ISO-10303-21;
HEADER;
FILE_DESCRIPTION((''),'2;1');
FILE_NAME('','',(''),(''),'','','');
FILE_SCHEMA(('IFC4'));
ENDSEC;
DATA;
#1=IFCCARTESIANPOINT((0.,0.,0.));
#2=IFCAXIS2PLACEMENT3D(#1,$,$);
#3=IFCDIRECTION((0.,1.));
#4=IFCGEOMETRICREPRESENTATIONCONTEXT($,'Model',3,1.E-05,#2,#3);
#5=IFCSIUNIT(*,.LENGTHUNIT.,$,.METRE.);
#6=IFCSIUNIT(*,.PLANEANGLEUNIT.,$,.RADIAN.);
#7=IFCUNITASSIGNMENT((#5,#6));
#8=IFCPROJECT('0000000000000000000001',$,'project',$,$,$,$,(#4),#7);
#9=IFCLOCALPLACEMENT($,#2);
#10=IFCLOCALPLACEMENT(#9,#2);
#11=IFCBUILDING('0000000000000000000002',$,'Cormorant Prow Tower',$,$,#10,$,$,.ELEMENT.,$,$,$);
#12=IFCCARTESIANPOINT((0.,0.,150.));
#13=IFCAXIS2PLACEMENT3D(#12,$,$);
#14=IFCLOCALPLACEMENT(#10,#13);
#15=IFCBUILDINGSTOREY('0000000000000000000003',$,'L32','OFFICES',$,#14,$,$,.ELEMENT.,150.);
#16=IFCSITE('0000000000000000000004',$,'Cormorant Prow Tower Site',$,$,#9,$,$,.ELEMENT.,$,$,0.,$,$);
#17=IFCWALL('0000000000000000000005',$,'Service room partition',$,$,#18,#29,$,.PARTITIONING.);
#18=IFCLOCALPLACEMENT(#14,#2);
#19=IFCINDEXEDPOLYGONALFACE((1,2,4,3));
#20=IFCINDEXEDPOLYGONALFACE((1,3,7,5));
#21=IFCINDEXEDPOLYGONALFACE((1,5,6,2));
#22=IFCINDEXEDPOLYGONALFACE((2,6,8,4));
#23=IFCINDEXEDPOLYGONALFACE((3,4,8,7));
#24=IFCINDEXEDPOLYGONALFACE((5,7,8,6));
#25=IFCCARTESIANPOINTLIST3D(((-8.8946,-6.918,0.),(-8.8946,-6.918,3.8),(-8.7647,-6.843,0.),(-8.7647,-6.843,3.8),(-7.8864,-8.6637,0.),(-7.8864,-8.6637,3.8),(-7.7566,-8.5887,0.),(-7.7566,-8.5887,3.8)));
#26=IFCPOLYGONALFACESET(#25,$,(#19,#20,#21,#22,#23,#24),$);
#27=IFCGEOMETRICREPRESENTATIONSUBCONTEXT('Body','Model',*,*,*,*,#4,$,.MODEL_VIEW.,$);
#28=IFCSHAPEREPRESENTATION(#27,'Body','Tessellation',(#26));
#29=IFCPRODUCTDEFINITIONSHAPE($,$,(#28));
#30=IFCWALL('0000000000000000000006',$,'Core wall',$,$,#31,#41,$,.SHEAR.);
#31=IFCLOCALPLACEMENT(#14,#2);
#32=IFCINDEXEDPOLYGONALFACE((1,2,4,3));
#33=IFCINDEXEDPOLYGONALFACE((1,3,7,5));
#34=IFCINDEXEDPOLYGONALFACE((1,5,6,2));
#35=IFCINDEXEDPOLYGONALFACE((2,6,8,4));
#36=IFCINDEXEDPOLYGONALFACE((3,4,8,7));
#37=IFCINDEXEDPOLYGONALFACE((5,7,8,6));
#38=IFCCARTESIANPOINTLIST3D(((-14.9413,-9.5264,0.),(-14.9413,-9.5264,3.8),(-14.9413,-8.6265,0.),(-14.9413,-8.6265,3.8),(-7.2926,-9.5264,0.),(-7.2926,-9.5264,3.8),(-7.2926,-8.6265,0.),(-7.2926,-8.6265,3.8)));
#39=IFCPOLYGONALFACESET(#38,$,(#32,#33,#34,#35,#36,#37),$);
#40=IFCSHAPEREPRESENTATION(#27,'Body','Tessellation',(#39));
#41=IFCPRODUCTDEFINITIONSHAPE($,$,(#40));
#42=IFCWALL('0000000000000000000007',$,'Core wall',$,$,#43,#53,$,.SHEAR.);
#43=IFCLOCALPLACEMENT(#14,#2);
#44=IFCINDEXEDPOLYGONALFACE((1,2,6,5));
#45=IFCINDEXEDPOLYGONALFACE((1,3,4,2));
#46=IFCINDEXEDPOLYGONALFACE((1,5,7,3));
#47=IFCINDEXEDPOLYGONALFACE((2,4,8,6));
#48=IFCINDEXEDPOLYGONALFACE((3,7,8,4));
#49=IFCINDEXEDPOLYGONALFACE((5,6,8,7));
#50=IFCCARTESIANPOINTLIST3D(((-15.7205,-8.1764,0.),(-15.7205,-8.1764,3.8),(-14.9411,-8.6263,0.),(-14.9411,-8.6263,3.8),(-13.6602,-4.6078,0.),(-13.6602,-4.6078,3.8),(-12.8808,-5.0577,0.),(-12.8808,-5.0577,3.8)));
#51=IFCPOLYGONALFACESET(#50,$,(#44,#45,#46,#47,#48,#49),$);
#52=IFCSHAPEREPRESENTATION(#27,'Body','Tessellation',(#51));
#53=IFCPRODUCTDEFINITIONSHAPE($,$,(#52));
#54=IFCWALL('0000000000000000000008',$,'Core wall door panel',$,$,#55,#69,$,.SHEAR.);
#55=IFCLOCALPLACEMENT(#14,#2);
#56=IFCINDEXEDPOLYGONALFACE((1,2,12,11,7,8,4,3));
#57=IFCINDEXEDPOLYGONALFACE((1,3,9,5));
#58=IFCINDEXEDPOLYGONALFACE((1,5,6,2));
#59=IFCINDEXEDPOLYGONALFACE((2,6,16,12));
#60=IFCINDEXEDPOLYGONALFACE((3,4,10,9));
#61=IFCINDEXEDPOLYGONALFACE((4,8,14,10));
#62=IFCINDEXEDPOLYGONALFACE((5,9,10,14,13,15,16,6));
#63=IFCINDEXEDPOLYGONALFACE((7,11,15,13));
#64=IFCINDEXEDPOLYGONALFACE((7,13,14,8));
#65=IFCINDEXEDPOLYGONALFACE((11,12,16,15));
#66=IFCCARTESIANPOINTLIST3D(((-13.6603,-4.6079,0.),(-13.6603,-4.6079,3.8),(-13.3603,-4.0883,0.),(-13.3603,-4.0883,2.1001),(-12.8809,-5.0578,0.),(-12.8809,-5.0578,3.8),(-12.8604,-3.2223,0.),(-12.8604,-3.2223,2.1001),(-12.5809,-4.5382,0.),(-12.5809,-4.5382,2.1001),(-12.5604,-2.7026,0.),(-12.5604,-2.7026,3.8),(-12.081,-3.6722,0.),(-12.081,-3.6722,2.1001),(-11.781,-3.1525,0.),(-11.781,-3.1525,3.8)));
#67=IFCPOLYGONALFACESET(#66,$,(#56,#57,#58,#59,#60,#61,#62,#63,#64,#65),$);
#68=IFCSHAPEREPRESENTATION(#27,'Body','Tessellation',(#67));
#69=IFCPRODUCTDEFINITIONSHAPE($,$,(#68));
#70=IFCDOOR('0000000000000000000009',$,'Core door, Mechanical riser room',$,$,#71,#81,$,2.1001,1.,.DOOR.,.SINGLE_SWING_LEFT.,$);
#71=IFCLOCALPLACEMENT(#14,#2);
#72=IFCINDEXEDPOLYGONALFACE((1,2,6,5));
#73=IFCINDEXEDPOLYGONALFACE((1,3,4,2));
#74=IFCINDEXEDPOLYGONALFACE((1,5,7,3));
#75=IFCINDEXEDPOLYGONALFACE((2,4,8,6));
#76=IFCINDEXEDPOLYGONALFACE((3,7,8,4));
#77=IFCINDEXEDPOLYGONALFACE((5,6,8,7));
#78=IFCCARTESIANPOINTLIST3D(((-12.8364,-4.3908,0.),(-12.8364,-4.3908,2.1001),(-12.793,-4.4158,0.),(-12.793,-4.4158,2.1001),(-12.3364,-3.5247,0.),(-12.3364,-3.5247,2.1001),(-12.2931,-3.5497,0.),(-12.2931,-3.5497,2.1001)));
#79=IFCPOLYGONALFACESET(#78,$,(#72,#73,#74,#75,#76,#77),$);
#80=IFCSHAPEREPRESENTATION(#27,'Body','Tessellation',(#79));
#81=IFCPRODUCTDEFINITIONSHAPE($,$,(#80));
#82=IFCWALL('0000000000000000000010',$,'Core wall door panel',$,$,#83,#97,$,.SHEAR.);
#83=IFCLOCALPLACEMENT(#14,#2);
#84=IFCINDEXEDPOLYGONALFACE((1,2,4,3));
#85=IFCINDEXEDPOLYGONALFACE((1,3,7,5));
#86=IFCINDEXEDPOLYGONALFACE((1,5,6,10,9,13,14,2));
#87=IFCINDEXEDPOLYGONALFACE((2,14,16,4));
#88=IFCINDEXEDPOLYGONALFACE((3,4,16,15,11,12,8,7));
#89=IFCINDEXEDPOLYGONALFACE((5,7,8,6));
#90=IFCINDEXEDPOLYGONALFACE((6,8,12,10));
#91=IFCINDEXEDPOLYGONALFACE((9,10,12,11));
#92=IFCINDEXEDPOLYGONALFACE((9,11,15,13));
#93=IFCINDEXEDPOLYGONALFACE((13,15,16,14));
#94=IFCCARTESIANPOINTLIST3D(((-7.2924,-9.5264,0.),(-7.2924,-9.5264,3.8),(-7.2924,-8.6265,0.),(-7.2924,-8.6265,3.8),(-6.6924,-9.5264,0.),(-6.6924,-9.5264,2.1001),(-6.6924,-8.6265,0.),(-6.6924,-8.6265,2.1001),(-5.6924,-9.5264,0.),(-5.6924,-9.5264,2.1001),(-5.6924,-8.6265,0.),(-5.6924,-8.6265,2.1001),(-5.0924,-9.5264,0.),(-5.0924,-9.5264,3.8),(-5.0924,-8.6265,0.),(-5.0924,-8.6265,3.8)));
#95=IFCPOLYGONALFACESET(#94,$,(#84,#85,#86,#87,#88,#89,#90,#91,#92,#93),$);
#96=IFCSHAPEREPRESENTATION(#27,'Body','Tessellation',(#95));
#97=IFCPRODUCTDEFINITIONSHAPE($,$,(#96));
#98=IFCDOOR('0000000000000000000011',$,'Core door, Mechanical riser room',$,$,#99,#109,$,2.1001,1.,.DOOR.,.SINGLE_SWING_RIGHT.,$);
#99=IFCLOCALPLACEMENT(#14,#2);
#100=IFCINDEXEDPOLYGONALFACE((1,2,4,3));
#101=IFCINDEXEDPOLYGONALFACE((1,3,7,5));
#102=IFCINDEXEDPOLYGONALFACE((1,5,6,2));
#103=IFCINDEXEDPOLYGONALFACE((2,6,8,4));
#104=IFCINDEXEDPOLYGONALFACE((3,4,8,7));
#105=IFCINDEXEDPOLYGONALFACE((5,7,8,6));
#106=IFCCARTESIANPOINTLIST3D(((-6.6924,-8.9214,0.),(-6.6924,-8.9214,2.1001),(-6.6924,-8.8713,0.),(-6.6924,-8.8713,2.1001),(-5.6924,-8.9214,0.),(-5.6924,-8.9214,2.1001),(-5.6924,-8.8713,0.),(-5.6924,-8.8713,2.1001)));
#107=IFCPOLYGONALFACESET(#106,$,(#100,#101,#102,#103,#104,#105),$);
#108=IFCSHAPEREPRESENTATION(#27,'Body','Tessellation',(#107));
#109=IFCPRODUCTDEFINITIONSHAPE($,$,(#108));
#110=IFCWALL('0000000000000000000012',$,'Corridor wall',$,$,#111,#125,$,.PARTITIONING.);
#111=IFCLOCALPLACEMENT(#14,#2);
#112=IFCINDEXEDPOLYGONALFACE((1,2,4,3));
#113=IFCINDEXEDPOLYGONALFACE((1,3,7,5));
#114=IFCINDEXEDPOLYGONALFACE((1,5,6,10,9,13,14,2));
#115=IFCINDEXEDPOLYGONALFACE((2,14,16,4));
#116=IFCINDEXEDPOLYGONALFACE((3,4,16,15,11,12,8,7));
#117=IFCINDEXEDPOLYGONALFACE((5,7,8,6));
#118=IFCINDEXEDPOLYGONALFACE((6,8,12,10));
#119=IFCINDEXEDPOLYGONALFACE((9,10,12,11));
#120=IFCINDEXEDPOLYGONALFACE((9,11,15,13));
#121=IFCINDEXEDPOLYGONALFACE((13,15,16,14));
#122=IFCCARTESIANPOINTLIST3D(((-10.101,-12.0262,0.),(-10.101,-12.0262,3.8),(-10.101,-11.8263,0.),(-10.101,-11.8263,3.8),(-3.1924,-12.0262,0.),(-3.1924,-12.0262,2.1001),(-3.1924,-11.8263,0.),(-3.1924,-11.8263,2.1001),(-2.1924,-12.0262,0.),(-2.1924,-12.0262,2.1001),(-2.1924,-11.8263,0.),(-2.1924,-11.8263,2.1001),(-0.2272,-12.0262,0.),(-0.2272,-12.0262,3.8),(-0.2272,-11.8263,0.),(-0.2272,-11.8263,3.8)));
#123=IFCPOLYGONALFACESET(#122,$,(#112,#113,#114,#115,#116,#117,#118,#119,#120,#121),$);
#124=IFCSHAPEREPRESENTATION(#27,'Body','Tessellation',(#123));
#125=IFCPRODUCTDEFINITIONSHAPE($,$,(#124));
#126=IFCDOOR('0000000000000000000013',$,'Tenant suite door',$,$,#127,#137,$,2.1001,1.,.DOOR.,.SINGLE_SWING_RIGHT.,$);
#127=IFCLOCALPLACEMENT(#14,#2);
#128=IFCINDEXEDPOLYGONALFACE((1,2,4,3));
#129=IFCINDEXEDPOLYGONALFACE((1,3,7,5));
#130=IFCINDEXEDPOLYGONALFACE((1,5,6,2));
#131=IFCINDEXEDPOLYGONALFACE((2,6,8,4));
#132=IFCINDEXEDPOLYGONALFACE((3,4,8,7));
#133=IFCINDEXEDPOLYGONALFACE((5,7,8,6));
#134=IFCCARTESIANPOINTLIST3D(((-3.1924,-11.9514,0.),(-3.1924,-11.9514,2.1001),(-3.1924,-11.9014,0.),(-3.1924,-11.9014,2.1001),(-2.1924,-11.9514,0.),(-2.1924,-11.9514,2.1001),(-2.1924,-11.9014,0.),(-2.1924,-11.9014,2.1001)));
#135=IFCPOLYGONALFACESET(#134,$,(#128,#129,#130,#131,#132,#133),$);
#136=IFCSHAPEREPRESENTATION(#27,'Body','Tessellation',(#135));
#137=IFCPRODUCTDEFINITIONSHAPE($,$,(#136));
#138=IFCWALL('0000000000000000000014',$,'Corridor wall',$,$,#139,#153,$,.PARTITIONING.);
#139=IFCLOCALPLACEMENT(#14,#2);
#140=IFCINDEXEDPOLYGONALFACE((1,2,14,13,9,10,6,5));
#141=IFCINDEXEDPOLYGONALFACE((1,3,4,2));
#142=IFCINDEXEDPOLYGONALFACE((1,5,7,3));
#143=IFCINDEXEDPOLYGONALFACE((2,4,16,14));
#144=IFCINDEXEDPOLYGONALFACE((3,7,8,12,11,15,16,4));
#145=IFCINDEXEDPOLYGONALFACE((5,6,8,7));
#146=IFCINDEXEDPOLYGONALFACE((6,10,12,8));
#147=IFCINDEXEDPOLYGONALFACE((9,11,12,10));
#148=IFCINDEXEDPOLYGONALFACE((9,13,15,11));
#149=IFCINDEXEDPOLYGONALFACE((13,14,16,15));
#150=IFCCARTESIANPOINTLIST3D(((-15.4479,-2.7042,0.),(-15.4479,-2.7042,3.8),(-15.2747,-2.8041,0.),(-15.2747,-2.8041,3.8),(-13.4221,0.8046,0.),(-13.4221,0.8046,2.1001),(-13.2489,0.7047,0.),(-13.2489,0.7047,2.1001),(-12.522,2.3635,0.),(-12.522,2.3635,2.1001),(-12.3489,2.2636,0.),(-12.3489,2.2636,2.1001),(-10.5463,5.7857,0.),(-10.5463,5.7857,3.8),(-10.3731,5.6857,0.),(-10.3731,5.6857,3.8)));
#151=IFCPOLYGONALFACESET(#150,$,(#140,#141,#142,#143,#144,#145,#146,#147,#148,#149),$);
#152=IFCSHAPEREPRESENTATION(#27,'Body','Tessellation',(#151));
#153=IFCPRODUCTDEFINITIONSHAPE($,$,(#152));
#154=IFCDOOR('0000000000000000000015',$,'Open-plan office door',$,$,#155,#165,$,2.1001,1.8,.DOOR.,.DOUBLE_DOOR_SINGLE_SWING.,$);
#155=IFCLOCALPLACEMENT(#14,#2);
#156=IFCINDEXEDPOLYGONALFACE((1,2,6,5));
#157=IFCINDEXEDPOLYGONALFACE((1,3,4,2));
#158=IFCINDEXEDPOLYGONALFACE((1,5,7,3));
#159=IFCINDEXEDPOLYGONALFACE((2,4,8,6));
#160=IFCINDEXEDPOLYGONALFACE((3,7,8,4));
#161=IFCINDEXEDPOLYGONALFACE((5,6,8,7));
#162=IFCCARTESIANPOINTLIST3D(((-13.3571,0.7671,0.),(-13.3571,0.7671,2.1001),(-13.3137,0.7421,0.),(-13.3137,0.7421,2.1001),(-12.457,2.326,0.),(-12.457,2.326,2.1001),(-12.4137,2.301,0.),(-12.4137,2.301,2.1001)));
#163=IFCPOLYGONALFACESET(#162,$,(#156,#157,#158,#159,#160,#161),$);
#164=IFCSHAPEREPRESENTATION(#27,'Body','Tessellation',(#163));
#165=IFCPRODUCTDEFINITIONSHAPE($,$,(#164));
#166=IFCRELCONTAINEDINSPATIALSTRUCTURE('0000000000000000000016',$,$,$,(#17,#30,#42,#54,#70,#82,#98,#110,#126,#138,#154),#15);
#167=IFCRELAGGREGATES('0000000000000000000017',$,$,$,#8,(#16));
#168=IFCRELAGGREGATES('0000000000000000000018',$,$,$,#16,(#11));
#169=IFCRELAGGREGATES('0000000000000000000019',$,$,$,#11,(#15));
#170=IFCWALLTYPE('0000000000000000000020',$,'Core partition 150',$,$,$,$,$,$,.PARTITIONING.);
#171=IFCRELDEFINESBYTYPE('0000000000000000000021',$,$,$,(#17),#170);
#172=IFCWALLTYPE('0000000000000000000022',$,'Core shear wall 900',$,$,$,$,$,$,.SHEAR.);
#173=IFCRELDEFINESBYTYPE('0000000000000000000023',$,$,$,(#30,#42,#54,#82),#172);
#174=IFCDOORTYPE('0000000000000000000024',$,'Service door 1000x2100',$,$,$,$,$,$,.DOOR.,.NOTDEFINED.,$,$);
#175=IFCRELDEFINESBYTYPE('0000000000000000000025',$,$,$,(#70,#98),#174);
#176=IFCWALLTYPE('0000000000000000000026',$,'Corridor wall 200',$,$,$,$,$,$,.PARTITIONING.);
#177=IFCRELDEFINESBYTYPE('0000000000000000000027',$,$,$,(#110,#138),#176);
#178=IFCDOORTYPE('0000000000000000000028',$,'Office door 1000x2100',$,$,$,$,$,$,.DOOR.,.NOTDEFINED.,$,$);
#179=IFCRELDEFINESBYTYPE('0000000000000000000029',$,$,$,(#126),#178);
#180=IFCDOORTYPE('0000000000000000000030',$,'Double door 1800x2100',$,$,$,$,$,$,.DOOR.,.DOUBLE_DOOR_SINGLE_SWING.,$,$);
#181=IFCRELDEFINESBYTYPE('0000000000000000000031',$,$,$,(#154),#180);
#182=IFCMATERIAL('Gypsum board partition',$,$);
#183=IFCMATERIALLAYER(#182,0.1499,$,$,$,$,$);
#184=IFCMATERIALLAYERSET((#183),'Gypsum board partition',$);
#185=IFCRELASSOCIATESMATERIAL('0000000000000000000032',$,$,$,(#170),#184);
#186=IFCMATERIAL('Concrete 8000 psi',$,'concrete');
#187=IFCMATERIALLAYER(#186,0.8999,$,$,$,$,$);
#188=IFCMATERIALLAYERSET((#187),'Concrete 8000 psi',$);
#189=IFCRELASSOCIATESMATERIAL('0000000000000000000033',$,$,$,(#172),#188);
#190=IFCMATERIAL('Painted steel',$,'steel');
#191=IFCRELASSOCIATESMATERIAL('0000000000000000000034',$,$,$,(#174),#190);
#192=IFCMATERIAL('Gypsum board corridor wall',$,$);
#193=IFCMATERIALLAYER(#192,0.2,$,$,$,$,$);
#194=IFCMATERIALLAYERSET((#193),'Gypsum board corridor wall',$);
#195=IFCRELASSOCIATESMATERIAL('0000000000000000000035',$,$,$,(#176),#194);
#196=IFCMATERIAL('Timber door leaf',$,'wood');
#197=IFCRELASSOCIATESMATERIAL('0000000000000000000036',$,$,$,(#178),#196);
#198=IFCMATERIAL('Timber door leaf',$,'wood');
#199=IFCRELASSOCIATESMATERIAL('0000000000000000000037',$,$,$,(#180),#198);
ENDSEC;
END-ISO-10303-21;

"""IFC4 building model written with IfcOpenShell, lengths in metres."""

from ifc_helpers import new_model, si_unit, direction, frame, frame_2d, origin, place, context, subcontext, project, spatial, rectangle, extrude, material, layer, layer_set, type_object, element, fill, save


model = new_model("IFC4")

# Units and contexts
model_context = context("Model", 3, precision=1e-05, world=origin(), true_north=direction((0.0, 1.0)))
body_context = subcontext(model_context, "Body", "Model", "MODEL_VIEW")
ifc_project = project(units=[si_unit("LENGTHUNIT", "METRE"), si_unit("PLANEANGLEUNIT", "RADIAN")], contexts=[model_context])

# Site, building, storey
site_placement = place(None, origin())
site = spatial("IfcSite", under=ifc_project, at=site_placement, Name="Cormorant Prow Tower Site", CompositionType="ELEMENT", RefElevation=0.0)
building_placement = place(site_placement, origin())
building = spatial("IfcBuilding", under=site, at=building_placement, Name="Cormorant Prow Tower", CompositionType="ELEMENT")
storey_placement = place(building_placement, frame((0.0, 0.0, 150.0)))
storey = spatial("IfcBuildingStorey", under=building, at=storey_placement, Name="L32", Description="OFFICES", CompositionType="ELEMENT", Elevation=150.0)

# Walls
ifc_material_1 = material(Name="Gypsum board partition")
ifc_layer_1 = layer(ifc_material_1, 0.1499)
ifc_layer_set_1 = layer_set([ifc_layer_1], Name="Gypsum board partition")
wall_type_1 = type_object("IfcWallType", Name="Core partition 150", PredefinedType="PARTITIONING", material=ifc_layer_set_1)
wall_1_placement = place(storey_placement, frame((-8.8296, -6.8806, 0.0), z_axis=(0.0, 0.0, 1.0), x_axis=(0.500086, -0.865976, 0.0)))
element("IfcWall", 1, at=wall_1_placement, inside=storey, type_object=wall_type_1, Name="Service room partition", PredefinedType="PARTITIONING", context=body_context, shape_type="SweptSolid", body=[
    extrude(rectangle(XDim=2.0159, YDim=0.1499, at=frame_2d((1.0078, 0.0))), origin(), (0.0, 0.0, 1.0), 3.8),
])
ifc_material_2 = material(Name="Concrete 8000 psi", Category="concrete")
ifc_layer_2 = layer(ifc_material_2, 0.8999)
ifc_layer_set_2 = layer_set([ifc_layer_2], Name="Concrete 8000 psi")
wall_type_2 = type_object("IfcWallType", Name="Core shear wall 900", PredefinedType="SHEAR", material=ifc_layer_set_2)
wall_2_placement = place(storey_placement, frame((-14.9412, -9.0764, 0.0), z_axis=(0.0, 0.0, 1.0), x_axis=(1.0, 0.0, 0.0)))
element("IfcWall", 2, at=wall_2_placement, inside=storey, type_object=wall_type_2, Name="Core wall", PredefinedType="SHEAR", context=body_context, shape_type="SweptSolid", body=[
    extrude(rectangle(XDim=7.6487, YDim=0.8999, at=frame_2d((3.8242, 0.0))), origin(), (0.0, 0.0, 1.0), 3.8),
])
wall_3_placement = place(storey_placement, frame((-13.2705, -4.8328, 0.0), z_axis=(0.0, 0.0, 1.0), x_axis=(-0.499994, -0.866029, 0.0)))
element("IfcWall", 3, at=wall_3_placement, inside=storey, type_object=wall_type_2, Name="Core wall", PredefinedType="SHEAR", context=body_context, shape_type="SweptSolid", body=[
    extrude(rectangle(XDim=4.1206, YDim=0.8999, at=frame_2d((2.0603, 0.0))), origin(), (0.0, 0.0, 1.0), 3.8),
])

# Walls, openings, doors
wall_4_placement = place(storey_placement, frame((-12.1707, -2.9275, 0.0), z_axis=(0.0, 0.0, 1.0), x_axis=(-0.499947, -0.866056, 0.0)))
wall_4 = element("IfcWall", 4, at=wall_4_placement, inside=storey, type_object=wall_type_2, Name="Core wall door panel", PredefinedType="SHEAR", context=body_context, shape_type="SweptSolid", body=[
    extrude(rectangle(XDim=2.2, YDim=0.8999, at=frame_2d((1.1001, 0.0))), origin(), (0.0, 0.0, 1.0), 3.8),
])
opening_1_placement = place(wall_4_placement, frame((0.6001, 0.0, 0.0)))
opening_1 = element("IfcOpeningElement", 5, at=opening_1_placement, cuts=wall_4, PredefinedType="OPENING", context=body_context, shape_type="SweptSolid", body=[
    extrude(rectangle(XDim=1.0, YDim=2.1001, at=frame_2d((0.5, 1.05))), frame((0.0, 0.46, 0.0), z_axis=(0.0, -1.0, 0.0), x_axis=(1.0, 0.0, 0.0)), (0.0, 0.0, 1.0), 0.9199),
])
ifc_material_3 = material(Name="Painted steel", Category="steel")
door_type_1 = type_object("IfcDoorType", Name="Service door 1000x2100", OperationType="NOTDEFINED", PredefinedType="DOOR", material=ifc_material_3)
door_1_placement = place(opening_1_placement, origin())
door_1 = element("IfcDoor", 6, at=door_1_placement, inside=storey, type_object=door_type_1, Name="Core door, Mechanical riser room", OperationType="SINGLE_SWING_LEFT", OverallHeight=2.1001, OverallWidth=1.0, PredefinedType="DOOR", context=body_context, shape_type="SweptSolid", body=[
    extrude(rectangle(XDim=1.0, YDim=2.1001, at=frame_2d((0.5, 1.05))), frame((0.0, 0.2051, 0.0), z_axis=(0.0, -1.0, 0.0), x_axis=(1.0, 0.0, 0.0)), (0.0, 0.0, 1.0), 0.05),
])
fill(opening_1, door_1)
wall_5_placement = place(storey_placement, frame((-7.2925, -9.0764, 0.0), z_axis=(0.0, 0.0, 1.0), x_axis=(1.0, 0.0, 0.0)))
wall_5 = element("IfcWall", 7, at=wall_5_placement, inside=storey, type_object=wall_type_2, Name="Core wall door panel", PredefinedType="SHEAR", context=body_context, shape_type="SweptSolid", body=[
    extrude(rectangle(XDim=2.2, YDim=0.8999, at=frame_2d((1.1001, 0.0))), origin(), (0.0, 0.0, 1.0), 3.8),
])
opening_2_placement = place(wall_5_placement, frame((0.6001, 0.0, 0.0)))
opening_2 = element("IfcOpeningElement", 8, at=opening_2_placement, cuts=wall_5, PredefinedType="OPENING", context=body_context, shape_type="SweptSolid", body=[
    extrude(rectangle(XDim=1.0, YDim=2.1001, at=frame_2d((0.5, 1.05))), frame((0.0, 0.46, 0.0), z_axis=(0.0, -1.0, 0.0), x_axis=(1.0, 0.0, 0.0)), (0.0, 0.0, 1.0), 0.9199),
])
door_2_placement = place(opening_2_placement, origin())
door_2 = element("IfcDoor", 9, at=door_2_placement, inside=storey, type_object=door_type_1, Name="Core door, Mechanical riser room", OperationType="SINGLE_SWING_RIGHT", OverallHeight=2.1001, OverallWidth=1.0, PredefinedType="DOOR", context=body_context, shape_type="SweptSolid", body=[
    extrude(rectangle(XDim=1.0, YDim=2.1001, at=frame_2d((0.5, 1.05))), frame((0.0, 0.2051, 0.0), z_axis=(0.0, -1.0, 0.0), x_axis=(1.0, 0.0, 0.0)), (0.0, 0.0, 1.0), 0.05),
])
fill(opening_2, door_2)
ifc_material_4 = material(Name="Gypsum board corridor wall")
ifc_layer_3 = layer(ifc_material_4, 0.2)
ifc_layer_set_3 = layer_set([ifc_layer_3], Name="Gypsum board corridor wall")
wall_type_3 = type_object("IfcWallType", Name="Corridor wall 200", PredefinedType="PARTITIONING", material=ifc_layer_set_3)
wall_6_placement = place(storey_placement, frame((-10.1011, -11.9263, 0.0), z_axis=(0.0, 0.0, 1.0), x_axis=(1.0, 0.0, 0.0)))
wall_6 = element("IfcWall", 10, at=wall_6_placement, inside=storey, type_object=wall_type_3, Name="Corridor wall", PredefinedType="PARTITIONING", context=body_context, shape_type="SweptSolid", body=[
    extrude(rectangle(XDim=9.8738, YDim=0.2, at=frame_2d((4.937, 0.0))), origin(), (0.0, 0.0, 1.0), 3.8),
])
opening_3_placement = place(wall_6_placement, frame((6.9087, 0.0, 0.0)))
opening_3 = element("IfcOpeningElement", 11, at=opening_3_placement, cuts=wall_6, PredefinedType="OPENING", context=body_context, shape_type="SweptSolid", body=[
    extrude(rectangle(XDim=1.0, YDim=2.1001, at=frame_2d((0.5, 1.05))), frame((0.0, 0.1099, 0.0), z_axis=(0.0, -1.0, 0.0), x_axis=(1.0, 0.0, 0.0)), (0.0, 0.0, 1.0), 0.22),
])
ifc_material_5 = material(Name="Timber door leaf", Category="wood")
door_type_2 = type_object("IfcDoorType", Name="Office door 1000x2100", OperationType="NOTDEFINED", PredefinedType="DOOR", material=ifc_material_5)
door_3_placement = place(opening_3_placement, origin())
door_3 = element("IfcDoor", 12, at=door_3_placement, inside=storey, type_object=door_type_2, Name="Tenant suite door", OperationType="SINGLE_SWING_RIGHT", OverallHeight=2.1001, OverallWidth=1.0, PredefinedType="DOOR", context=body_context, shape_type="SweptSolid", body=[
    extrude(rectangle(XDim=1.0, YDim=2.1001, at=frame_2d((0.5, 1.05))), frame((0.0, 0.0249, 0.0), z_axis=(0.0, -1.0, 0.0), x_axis=(1.0, 0.0, 0.0)), (0.0, 0.0, 1.0), 0.05),
])
fill(opening_3, door_3)
wall_7_placement = place(storey_placement, frame((-15.3613, -2.7542, 0.0), z_axis=(0.0, 0.0, 1.0), x_axis=(0.500004, 0.866023, 0.0)))
wall_7 = element("IfcWall", 13, at=wall_7_placement, inside=storey, type_object=wall_type_3, Name="Corridor wall", PredefinedType="PARTITIONING", context=body_context, shape_type="SweptSolid", body=[
    extrude(rectangle(XDim=9.8032, YDim=0.2, at=frame_2d((4.9016, 0.0))), origin(), (0.0, 0.0, 1.0), 3.8),
])
opening_4_placement = place(wall_7_placement, frame((4.0518, 0.0, 0.0)))
opening_4 = element("IfcOpeningElement", 14, at=opening_4_placement, cuts=wall_7, PredefinedType="OPENING", context=body_context, shape_type="SweptSolid", body=[
    extrude(rectangle(XDim=1.8, YDim=2.1001, at=frame_2d((0.8999, 1.05))), frame((0.0, 0.1099, 0.0), z_axis=(0.0, -1.0, 0.0), x_axis=(1.0, 0.0, 0.0)), (0.0, 0.0, 1.0), 0.22),
])
ifc_material_6 = material(Name="Timber door leaf", Category="wood")
door_type_3 = type_object("IfcDoorType", Name="Double door 1800x2100", OperationType="DOUBLE_DOOR_SINGLE_SWING", PredefinedType="DOOR", material=ifc_material_6)
door_4_placement = place(opening_4_placement, origin())
door_4 = element("IfcDoor", 15, at=door_4_placement, inside=storey, type_object=door_type_3, Name="Open-plan office door", OperationType="DOUBLE_DOOR_SINGLE_SWING", OverallHeight=2.1001, OverallWidth=1.8, PredefinedType="DOOR", context=body_context, shape_type="SweptSolid", body=[
    extrude(rectangle(XDim=1.8, YDim=2.1001, at=frame_2d((0.8999, 1.05))), frame((0.0, 0.0249, 0.0), z_axis=(0.0, -1.0, 0.0), x_axis=(1.0, 0.0, 0.0)), (0.0, 0.0, 1.0), 0.05),
])
fill(opening_4, door_4)

save(model, "model.ifc")
